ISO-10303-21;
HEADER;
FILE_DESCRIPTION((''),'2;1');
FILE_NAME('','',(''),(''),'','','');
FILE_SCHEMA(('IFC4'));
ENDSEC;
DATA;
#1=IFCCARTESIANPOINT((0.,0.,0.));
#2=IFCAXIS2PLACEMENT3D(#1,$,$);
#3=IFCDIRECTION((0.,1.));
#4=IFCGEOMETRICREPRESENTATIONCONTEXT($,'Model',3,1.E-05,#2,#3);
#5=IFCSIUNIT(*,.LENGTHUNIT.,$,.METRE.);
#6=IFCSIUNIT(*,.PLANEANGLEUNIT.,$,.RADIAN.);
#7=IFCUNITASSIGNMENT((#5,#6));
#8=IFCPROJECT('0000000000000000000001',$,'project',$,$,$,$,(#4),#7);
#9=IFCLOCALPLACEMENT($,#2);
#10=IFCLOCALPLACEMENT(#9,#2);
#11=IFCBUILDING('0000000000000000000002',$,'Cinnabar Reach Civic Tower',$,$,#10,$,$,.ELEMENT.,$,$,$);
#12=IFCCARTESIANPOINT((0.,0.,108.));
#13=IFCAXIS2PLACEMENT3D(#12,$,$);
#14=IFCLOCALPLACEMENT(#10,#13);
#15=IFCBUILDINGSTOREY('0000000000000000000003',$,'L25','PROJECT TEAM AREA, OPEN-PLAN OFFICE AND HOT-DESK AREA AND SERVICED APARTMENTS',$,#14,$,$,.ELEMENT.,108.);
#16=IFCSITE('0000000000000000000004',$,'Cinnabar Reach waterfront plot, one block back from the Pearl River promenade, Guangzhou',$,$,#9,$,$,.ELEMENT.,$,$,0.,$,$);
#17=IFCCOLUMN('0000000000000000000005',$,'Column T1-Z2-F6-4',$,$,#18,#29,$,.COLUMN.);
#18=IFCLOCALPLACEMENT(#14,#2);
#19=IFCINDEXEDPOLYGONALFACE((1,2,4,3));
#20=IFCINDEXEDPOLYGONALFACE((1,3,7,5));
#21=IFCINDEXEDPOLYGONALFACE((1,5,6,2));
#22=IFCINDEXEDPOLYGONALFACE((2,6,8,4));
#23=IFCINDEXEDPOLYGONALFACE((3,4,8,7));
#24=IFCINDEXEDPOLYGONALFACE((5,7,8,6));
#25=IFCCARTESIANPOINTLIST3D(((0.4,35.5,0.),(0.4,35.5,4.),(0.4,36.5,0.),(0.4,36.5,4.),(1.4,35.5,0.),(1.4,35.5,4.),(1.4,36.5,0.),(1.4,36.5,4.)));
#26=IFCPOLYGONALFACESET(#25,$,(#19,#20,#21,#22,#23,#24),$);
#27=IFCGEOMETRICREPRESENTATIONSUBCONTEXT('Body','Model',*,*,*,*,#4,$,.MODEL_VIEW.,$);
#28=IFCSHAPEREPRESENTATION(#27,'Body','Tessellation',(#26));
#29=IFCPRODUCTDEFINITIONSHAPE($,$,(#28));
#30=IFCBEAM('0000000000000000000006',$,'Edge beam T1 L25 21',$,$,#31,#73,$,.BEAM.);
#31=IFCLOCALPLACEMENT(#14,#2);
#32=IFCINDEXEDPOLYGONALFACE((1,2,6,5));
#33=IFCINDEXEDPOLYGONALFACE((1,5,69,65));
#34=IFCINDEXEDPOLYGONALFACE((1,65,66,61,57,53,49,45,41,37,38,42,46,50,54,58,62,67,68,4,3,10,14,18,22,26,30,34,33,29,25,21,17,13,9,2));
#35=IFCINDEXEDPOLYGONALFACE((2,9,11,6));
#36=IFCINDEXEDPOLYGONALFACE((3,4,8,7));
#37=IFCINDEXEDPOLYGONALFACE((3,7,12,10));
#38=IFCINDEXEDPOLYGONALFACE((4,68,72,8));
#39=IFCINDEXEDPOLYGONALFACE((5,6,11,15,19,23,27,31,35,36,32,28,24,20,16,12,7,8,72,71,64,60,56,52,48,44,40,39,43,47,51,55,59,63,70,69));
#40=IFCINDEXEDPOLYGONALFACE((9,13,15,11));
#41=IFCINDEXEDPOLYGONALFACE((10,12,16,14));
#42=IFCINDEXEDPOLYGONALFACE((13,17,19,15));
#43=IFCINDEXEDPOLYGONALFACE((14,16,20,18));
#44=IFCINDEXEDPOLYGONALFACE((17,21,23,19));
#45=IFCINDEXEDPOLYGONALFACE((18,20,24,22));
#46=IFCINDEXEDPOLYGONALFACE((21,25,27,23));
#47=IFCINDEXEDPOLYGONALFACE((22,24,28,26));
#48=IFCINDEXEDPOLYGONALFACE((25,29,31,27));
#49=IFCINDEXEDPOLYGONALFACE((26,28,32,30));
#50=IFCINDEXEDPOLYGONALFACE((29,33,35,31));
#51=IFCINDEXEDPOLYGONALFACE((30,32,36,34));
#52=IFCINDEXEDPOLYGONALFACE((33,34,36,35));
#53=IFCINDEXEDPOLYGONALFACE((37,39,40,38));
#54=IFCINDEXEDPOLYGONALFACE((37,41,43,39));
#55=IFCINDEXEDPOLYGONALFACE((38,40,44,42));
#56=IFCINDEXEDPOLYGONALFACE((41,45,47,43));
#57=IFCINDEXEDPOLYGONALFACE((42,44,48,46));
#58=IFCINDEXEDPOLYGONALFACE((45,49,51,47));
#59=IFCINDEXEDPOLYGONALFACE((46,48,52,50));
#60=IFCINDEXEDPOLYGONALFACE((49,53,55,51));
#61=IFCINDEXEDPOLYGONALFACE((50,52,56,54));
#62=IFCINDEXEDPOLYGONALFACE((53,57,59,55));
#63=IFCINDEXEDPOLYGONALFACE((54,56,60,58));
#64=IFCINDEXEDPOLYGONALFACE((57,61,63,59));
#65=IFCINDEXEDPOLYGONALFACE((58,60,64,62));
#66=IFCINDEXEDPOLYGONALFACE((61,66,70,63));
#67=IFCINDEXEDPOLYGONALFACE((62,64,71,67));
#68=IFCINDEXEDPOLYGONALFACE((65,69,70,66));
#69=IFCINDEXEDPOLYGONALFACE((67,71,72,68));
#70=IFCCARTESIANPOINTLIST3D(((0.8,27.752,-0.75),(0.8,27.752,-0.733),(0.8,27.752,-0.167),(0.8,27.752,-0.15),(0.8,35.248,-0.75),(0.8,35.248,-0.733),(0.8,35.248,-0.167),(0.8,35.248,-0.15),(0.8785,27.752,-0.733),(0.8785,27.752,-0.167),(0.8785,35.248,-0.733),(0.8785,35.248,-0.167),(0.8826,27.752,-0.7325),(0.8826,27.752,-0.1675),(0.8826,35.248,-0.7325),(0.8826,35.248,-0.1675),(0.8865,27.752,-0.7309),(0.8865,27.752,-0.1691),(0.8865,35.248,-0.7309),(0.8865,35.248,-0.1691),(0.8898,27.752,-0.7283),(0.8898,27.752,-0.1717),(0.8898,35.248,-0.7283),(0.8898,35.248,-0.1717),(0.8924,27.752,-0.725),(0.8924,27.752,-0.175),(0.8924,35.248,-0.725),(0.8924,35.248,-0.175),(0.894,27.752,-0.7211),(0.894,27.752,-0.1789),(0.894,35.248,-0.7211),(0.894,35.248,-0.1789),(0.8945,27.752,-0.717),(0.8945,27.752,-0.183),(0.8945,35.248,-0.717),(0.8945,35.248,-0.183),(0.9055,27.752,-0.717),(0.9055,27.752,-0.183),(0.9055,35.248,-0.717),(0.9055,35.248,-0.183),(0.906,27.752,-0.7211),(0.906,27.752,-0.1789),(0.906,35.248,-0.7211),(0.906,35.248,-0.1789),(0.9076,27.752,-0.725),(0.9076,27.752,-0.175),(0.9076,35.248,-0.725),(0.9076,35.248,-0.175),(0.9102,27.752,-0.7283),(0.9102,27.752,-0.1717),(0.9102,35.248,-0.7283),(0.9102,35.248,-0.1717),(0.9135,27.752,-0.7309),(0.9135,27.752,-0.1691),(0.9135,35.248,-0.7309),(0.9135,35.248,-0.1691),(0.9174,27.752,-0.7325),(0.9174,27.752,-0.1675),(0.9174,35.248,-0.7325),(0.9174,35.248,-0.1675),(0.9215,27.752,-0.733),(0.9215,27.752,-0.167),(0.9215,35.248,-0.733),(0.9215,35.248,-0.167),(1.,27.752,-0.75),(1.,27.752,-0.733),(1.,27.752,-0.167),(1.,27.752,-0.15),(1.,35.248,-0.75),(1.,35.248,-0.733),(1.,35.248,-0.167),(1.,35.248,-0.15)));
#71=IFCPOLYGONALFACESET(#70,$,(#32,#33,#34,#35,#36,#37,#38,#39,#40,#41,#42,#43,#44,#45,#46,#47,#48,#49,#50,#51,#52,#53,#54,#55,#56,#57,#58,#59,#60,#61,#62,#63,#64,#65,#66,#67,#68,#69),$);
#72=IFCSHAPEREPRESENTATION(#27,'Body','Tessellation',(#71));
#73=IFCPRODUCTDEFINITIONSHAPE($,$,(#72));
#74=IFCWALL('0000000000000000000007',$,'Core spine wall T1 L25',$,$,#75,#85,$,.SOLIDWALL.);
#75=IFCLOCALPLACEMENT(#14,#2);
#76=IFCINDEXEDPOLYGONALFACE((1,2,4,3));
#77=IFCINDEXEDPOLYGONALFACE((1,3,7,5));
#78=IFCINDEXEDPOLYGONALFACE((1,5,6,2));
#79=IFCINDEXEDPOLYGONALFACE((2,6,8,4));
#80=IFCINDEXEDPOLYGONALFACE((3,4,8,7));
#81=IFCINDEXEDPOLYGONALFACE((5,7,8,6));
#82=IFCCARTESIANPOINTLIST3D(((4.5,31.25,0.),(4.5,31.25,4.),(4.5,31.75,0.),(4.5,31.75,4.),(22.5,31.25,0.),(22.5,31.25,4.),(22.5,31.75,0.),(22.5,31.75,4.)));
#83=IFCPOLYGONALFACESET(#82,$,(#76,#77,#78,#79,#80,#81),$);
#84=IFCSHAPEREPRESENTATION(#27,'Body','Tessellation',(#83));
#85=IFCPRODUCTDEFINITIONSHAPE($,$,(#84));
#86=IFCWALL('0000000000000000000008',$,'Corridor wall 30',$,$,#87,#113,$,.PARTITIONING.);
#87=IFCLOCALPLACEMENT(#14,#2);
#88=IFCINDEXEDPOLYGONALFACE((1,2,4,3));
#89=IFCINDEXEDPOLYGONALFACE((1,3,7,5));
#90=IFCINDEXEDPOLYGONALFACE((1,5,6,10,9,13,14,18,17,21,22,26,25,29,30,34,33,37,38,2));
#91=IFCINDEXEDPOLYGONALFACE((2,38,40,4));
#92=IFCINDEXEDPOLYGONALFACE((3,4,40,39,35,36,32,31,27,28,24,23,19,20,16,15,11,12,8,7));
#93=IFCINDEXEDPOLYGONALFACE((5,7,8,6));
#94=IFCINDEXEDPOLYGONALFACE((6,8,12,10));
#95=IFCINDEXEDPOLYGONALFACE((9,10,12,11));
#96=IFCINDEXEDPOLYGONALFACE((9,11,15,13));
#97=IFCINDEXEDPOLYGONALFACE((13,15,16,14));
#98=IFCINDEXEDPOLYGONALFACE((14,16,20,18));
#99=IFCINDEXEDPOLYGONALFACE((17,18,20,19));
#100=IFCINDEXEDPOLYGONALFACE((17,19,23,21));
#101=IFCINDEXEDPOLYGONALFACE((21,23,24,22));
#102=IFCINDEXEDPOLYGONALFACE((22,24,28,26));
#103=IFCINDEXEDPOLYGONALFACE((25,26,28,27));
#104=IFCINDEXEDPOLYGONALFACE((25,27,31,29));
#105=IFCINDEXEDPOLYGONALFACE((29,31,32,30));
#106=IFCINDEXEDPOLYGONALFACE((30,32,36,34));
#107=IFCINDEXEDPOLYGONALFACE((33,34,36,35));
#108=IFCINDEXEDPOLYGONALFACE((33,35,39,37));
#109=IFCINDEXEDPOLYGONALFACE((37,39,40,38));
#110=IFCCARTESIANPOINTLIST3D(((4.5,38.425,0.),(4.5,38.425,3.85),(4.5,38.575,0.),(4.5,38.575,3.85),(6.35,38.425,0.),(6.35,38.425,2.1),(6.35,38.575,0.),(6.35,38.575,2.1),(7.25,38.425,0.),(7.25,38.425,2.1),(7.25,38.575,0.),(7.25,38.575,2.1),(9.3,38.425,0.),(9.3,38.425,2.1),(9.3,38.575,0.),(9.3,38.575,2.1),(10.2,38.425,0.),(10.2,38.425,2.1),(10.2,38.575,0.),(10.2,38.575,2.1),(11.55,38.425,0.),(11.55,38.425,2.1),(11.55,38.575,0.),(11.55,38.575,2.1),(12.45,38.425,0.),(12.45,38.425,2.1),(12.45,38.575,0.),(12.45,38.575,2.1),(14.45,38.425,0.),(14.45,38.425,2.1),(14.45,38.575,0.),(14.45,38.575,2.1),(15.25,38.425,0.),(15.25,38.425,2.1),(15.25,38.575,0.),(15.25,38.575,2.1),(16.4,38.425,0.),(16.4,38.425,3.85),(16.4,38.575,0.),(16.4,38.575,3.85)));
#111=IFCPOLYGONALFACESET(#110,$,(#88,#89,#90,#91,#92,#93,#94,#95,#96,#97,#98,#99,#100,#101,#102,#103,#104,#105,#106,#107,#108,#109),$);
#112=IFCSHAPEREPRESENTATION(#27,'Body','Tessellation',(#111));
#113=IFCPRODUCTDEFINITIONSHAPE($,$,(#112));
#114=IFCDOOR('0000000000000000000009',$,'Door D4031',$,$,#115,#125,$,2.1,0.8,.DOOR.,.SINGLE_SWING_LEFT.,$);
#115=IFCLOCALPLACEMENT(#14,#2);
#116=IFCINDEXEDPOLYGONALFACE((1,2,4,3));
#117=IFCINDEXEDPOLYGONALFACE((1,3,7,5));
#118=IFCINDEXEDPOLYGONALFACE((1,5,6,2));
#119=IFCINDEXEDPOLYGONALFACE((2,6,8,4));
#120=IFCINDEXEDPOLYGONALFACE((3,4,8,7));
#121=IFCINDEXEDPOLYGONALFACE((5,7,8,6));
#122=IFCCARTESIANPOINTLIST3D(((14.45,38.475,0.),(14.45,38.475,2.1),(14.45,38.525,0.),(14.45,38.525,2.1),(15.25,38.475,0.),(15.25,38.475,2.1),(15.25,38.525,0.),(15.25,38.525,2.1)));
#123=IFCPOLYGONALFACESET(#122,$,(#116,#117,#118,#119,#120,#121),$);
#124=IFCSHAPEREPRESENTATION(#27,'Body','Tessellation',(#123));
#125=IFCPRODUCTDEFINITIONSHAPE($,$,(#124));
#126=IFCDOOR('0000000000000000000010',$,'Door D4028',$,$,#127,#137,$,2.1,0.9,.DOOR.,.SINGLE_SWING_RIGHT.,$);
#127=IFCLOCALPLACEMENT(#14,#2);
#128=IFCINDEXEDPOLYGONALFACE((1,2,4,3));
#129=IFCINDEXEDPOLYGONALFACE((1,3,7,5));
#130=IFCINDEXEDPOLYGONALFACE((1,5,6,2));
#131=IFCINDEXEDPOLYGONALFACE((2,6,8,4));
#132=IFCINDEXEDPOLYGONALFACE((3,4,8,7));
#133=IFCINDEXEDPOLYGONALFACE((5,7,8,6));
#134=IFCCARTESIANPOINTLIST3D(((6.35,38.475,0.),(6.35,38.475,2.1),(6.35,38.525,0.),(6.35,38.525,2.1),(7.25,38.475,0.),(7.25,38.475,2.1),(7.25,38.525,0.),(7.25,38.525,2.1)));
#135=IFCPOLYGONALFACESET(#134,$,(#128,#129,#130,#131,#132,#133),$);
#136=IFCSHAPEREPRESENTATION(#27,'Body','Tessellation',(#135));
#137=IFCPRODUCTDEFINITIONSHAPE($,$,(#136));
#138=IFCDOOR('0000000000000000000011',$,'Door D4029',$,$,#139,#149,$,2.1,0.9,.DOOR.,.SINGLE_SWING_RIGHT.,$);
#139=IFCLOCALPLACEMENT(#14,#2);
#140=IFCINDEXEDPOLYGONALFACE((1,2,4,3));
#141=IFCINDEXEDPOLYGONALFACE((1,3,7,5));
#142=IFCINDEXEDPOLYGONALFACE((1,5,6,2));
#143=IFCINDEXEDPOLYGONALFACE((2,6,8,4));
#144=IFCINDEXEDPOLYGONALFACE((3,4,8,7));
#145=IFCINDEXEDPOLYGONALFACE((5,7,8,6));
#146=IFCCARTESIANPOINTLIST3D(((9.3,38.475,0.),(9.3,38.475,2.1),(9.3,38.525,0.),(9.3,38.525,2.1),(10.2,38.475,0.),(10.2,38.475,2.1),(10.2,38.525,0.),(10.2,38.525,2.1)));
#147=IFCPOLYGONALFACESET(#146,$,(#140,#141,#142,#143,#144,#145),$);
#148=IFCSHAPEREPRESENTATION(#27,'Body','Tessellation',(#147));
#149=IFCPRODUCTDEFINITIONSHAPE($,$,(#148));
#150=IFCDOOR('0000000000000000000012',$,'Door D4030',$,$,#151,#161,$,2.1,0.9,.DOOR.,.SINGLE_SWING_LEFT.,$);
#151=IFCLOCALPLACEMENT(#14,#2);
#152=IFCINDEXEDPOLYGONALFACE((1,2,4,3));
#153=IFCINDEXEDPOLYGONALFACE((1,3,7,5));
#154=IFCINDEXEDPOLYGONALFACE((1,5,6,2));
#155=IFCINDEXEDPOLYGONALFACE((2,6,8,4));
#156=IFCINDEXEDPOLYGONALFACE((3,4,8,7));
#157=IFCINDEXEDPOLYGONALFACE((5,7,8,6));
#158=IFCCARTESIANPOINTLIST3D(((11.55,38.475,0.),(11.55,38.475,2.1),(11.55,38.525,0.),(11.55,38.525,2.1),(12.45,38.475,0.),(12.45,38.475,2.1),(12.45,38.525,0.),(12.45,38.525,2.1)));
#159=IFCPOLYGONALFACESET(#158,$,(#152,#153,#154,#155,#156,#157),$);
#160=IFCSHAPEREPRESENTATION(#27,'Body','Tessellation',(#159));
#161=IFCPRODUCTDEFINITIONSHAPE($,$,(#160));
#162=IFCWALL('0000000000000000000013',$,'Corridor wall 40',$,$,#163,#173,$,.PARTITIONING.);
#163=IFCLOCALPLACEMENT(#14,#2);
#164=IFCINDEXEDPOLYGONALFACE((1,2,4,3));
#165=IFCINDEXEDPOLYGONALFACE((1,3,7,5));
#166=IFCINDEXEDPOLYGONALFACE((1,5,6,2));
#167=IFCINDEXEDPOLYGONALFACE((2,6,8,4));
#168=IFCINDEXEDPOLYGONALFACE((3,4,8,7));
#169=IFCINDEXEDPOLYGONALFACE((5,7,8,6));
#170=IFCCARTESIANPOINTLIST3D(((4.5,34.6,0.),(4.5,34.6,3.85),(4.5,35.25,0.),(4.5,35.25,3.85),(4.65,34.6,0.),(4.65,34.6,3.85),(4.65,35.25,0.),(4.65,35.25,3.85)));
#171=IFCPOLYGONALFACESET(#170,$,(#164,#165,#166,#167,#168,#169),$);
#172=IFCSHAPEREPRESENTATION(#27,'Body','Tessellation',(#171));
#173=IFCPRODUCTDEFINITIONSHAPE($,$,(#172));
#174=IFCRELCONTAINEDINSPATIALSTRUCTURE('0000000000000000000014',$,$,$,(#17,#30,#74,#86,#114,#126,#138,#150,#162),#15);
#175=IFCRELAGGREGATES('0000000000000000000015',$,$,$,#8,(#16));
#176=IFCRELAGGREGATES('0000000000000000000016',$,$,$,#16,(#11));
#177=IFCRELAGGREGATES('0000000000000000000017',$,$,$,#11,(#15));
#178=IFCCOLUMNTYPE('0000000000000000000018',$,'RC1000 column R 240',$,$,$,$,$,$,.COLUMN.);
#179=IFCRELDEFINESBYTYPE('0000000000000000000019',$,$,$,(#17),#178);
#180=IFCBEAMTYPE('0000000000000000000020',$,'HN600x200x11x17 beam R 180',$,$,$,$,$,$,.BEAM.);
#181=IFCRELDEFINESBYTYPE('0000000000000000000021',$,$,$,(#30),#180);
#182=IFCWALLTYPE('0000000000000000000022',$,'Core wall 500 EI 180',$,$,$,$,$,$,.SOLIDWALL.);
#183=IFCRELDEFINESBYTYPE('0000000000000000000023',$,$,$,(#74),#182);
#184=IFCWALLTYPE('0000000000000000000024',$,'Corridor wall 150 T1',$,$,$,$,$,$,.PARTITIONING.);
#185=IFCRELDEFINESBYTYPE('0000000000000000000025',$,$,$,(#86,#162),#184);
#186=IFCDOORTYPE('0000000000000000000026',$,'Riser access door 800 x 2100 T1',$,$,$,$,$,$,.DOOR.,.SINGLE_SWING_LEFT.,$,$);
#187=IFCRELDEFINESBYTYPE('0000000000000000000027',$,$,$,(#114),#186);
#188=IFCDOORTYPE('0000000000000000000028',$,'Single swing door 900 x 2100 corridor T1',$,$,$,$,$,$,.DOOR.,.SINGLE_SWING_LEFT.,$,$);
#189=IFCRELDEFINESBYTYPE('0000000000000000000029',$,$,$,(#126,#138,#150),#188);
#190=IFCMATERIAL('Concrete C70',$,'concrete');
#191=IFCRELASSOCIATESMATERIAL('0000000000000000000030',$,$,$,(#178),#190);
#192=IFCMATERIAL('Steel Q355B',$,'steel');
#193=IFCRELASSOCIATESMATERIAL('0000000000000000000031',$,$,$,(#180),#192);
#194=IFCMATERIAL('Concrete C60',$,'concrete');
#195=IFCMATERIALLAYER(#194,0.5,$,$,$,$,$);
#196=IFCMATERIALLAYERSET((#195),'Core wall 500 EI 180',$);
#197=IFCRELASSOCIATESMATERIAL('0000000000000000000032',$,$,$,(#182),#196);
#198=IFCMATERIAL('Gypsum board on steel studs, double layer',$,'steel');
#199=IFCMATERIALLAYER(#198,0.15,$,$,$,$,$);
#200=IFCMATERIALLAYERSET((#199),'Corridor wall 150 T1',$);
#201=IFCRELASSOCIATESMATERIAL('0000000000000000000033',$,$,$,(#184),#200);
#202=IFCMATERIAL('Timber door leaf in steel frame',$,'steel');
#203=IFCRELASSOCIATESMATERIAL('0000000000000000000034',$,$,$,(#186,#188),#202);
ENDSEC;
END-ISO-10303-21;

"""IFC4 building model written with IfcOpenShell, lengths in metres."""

from ifc_helpers import new_model, si_unit, direction, frame, frame_2d, origin, origin_2d, place, context, subcontext, project, spatial, rectangle, i_section, extrude, material, layer, layer_set, material_profile, profile_set, type_object, element, fill, save


model = new_model("IFC4")

# Units and contexts
model_context = context("Model", 3, precision=1e-05, world=origin(), true_north=direction((0.0, 1.0)))
body_context = subcontext(model_context, "Body", "Model", "MODEL_VIEW")
ifc_project = project(units=[si_unit("LENGTHUNIT", "METRE"), si_unit("PLANEANGLEUNIT", "RADIAN")], contexts=[model_context])

# Site, building, storey
site_placement = place(None, origin())
site = spatial("IfcSite", under=ifc_project, at=site_placement, Name="Cinnabar Reach waterfront plot, one block back from the Pearl River promenade, Guangzhou", CompositionType="ELEMENT", RefElevation=0.0)
building_placement = place(site_placement, origin())
building = spatial("IfcBuilding", under=site, at=building_placement, Name="Cinnabar Reach Civic Tower", CompositionType="ELEMENT")
storey_placement = place(building_placement, frame((0.0, 0.0, 108.0)))
storey = spatial("IfcBuildingStorey", under=building, at=storey_placement, Name="L25", Description="PROJECT TEAM AREA, OPEN-PLAN OFFICE AND HOT-DESK AREA AND SERVICED APARTMENTS", CompositionType="ELEMENT", Elevation=108.0)

# Column
ifc_material_1 = material(Name="Concrete C70", Category="concrete")
ifc_material_profile_1 = material_profile(ifc_material_1, rectangle(XDim=1.0, YDim=1.0, at=origin_2d()), Name="RC1000")
ifc_profile_set_1 = profile_set([ifc_material_profile_1], Name="Concrete C70")
column_type = type_object("IfcColumnType", Name="RC1000 column R 240", PredefinedType="COLUMN", material=ifc_profile_set_1)
column_placement = place(storey_placement, frame((0.9, 36.0, 0.0), z_axis=(0.0, 0.0, 1.0), x_axis=(1.0, 0.0, 0.0)))
element("IfcColumn", 1, at=column_placement, inside=storey, type_object=column_type, Name="Column T1-Z2-F6-4", PredefinedType="COLUMN", context=body_context, shape_type="SweptSolid", body=[
    extrude(rectangle(XDim=1.0, YDim=1.0, at=origin_2d()), origin(), (0.0, 0.0, 1.0), 4.0),
])

# Beam
ifc_material_2 = material(Name="Steel Q355B", Category="steel")
ifc_material_profile_2 = material_profile(ifc_material_2, i_section(OverallWidth=0.2, OverallDepth=0.6, WebThickness=0.011, FlangeThickness=0.017, FilletRadius=0.016, at=origin_2d()), Name="HN600x200x11x17")
ifc_profile_set_2 = profile_set([ifc_material_profile_2], Name="Steel Q355B")
beam_type = type_object("IfcBeamType", Name="HN600x200x11x17 beam R 180", PredefinedType="BEAM", material=ifc_profile_set_2)
beam_placement = place(storey_placement, frame((0.9, 35.248, -0.45), z_axis=(0.0, -1.0, 0.0), x_axis=(1.0, 0.0, 0.0)))
element("IfcBeam", 2, at=beam_placement, inside=storey, type_object=beam_type, Name="Edge beam T1 L25 21", PredefinedType="BEAM", context=body_context, shape_type="SweptSolid", body=[
    extrude(i_section(OverallWidth=0.2, OverallDepth=0.6, WebThickness=0.011, FlangeThickness=0.017, FilletRadius=0.016, at=origin_2d()), origin(), (0.0, 0.0, 1.0), 7.496),
])

# Wall
ifc_material_3 = material(Name="Concrete C60", Category="concrete")
ifc_layer_1 = layer(ifc_material_3, 0.5)
ifc_layer_set_1 = layer_set([ifc_layer_1], Name="Core wall 500 EI 180")
wall_type_1 = type_object("IfcWallType", Name="Core wall 500 EI 180", PredefinedType="SOLIDWALL", material=ifc_layer_set_1)
wall_1_placement = place(storey_placement, frame((4.5, 31.5, 0.0), z_axis=(0.0, 0.0, 1.0), x_axis=(1.0, 0.0, 0.0)))
element("IfcWall", 3, at=wall_1_placement, inside=storey, type_object=wall_type_1, Name="Core spine wall T1 L25", PredefinedType="SOLIDWALL", context=body_context, shape_type="SweptSolid", body=[
    extrude(rectangle(XDim=18.0, YDim=0.5, at=frame_2d((9.0, 0.0))), origin(), (0.0, 0.0, 1.0), 4.0),
])

# Wall, openings, doors
ifc_material_4 = material(Name="Gypsum board on steel studs, double layer", Category="steel")
ifc_layer_2 = layer(ifc_material_4, 0.15)
ifc_layer_set_2 = layer_set([ifc_layer_2], Name="Corridor wall 150 T1")
wall_type_2 = type_object("IfcWallType", Name="Corridor wall 150 T1", PredefinedType="PARTITIONING", material=ifc_layer_set_2)
wall_2_placement = place(storey_placement, frame((4.5, 38.5, 0.0), z_axis=(0.0, 0.0, 1.0), x_axis=(1.0, 0.0, 0.0)))
wall_2 = element("IfcWall", 4, at=wall_2_placement, inside=storey, type_object=wall_type_2, Name="Corridor wall 30", PredefinedType="PARTITIONING", context=body_context, shape_type="SweptSolid", body=[
    extrude(rectangle(XDim=11.9, YDim=0.15, at=frame_2d((5.95, 0.0))), origin(), (0.0, 0.0, 1.0), 3.85),
])
opening_1_placement = place(wall_2_placement, frame((1.85, 0.0, 0.0)))
opening_1 = element("IfcOpeningElement", 5, at=opening_1_placement, cuts=wall_2, PredefinedType="OPENING", context=body_context, shape_type="SweptSolid", body=[
    extrude(rectangle(XDim=0.9, YDim=2.1, at=frame_2d((0.45, 1.05))), frame((0.0, 0.085, 0.0), z_axis=(0.0, -1.0, 0.0), x_axis=(1.0, 0.0, 0.0)), (0.0, 0.0, 1.0), 0.17),
])
opening_2_placement = place(wall_2_placement, frame((4.8, 0.0, 0.0)))
opening_2 = element("IfcOpeningElement", 6, at=opening_2_placement, cuts=wall_2, PredefinedType="OPENING", context=body_context, shape_type="SweptSolid", body=[
    extrude(rectangle(XDim=0.9, YDim=2.1, at=frame_2d((0.45, 1.05))), frame((0.0, 0.085, 0.0), z_axis=(0.0, -1.0, 0.0), x_axis=(1.0, 0.0, 0.0)), (0.0, 0.0, 1.0), 0.17),
])
opening_3_placement = place(wall_2_placement, frame((7.05, 0.0, 0.0)))
opening_3 = element("IfcOpeningElement", 7, at=opening_3_placement, cuts=wall_2, PredefinedType="OPENING", context=body_context, shape_type="SweptSolid", body=[
    extrude(rectangle(XDim=0.9, YDim=2.1, at=frame_2d((0.45, 1.05))), frame((0.0, 0.085, 0.0), z_axis=(0.0, -1.0, 0.0), x_axis=(1.0, 0.0, 0.0)), (0.0, 0.0, 1.0), 0.17),
])
opening_4_placement = place(wall_2_placement, frame((9.95, 0.0, 0.0)))
opening_4 = element("IfcOpeningElement", 8, at=opening_4_placement, cuts=wall_2, PredefinedType="OPENING", context=body_context, shape_type="SweptSolid", body=[
    extrude(rectangle(XDim=0.8, YDim=2.1, at=frame_2d((0.4, 1.05))), frame((0.0, 0.085, 0.0), z_axis=(0.0, -1.0, 0.0), x_axis=(1.0, 0.0, 0.0)), (0.0, 0.0, 1.0), 0.17),
])
ifc_material_5 = material(Name="Timber door leaf in steel frame", Category="steel")
door_type_1 = type_object("IfcDoorType", Name="Riser access door 800 x 2100 T1", OperationType="SINGLE_SWING_LEFT", PredefinedType="DOOR", material=ifc_material_5)
door_1_placement = place(opening_4_placement, origin())
door_1 = element("IfcDoor", 9, at=door_1_placement, inside=storey, type_object=door_type_1, Name="Door D4031", OperationType="SINGLE_SWING_LEFT", OverallHeight=2.1, OverallWidth=0.8, PredefinedType="DOOR", context=body_context, shape_type="SweptSolid", body=[
    extrude(rectangle(XDim=0.8, YDim=2.1, at=frame_2d((0.4, 1.05))), frame((0.0, 0.025, 0.0), z_axis=(0.0, -1.0, 0.0), x_axis=(1.0, 0.0, 0.0)), (0.0, 0.0, 1.0), 0.05),
])
fill(opening_4, door_1)
door_type_2 = type_object("IfcDoorType", Name="Single swing door 900 x 2100 corridor T1", OperationType="SINGLE_SWING_LEFT", PredefinedType="DOOR", material=ifc_material_5)
door_2_placement = place(opening_1_placement, origin())
door_2 = element("IfcDoor", 10, at=door_2_placement, inside=storey, type_object=door_type_2, Name="Door D4028", OperationType="SINGLE_SWING_RIGHT", OverallHeight=2.1, OverallWidth=0.9, PredefinedType="DOOR", context=body_context, shape_type="SweptSolid", body=[
    extrude(rectangle(XDim=0.9, YDim=2.1, at=frame_2d((0.45, 1.05))), frame((0.0, 0.025, 0.0), z_axis=(0.0, -1.0, 0.0), x_axis=(1.0, 0.0, 0.0)), (0.0, 0.0, 1.0), 0.05),
])
fill(opening_1, door_2)
door_3_placement = place(opening_2_placement, origin())
door_3 = element("IfcDoor", 11, at=door_3_placement, inside=storey, type_object=door_type_2, Name="Door D4029", OperationType="SINGLE_SWING_RIGHT", OverallHeight=2.1, OverallWidth=0.9, PredefinedType="DOOR", context=body_context, shape_type="SweptSolid", body=[
    extrude(rectangle(XDim=0.9, YDim=2.1, at=frame_2d((0.45, 1.05))), frame((0.0, 0.025, 0.0), z_axis=(0.0, -1.0, 0.0), x_axis=(1.0, 0.0, 0.0)), (0.0, 0.0, 1.0), 0.05),
])
fill(opening_2, door_3)
door_4_placement = place(opening_3_placement, origin())
door_4 = element("IfcDoor", 12, at=door_4_placement, inside=storey, type_object=door_type_2, Name="Door D4030", OperationType="SINGLE_SWING_LEFT", OverallHeight=2.1, OverallWidth=0.9, PredefinedType="DOOR", context=body_context, shape_type="SweptSolid", body=[
    extrude(rectangle(XDim=0.9, YDim=2.1, at=frame_2d((0.45, 1.05))), frame((0.0, 0.025, 0.0), z_axis=(0.0, -1.0, 0.0), x_axis=(1.0, 0.0, 0.0)), (0.0, 0.0, 1.0), 0.05),
])
fill(opening_3, door_4)

# Wall
wall_3_placement = place(storey_placement, frame((4.575, 34.6, 0.0), z_axis=(0.0, 0.0, 1.0), x_axis=(0.0, 1.0, 0.0)))
element("IfcWall", 13, at=wall_3_placement, inside=storey, type_object=wall_type_2, Name="Corridor wall 40", PredefinedType="PARTITIONING", context=body_context, shape_type="SweptSolid", body=[
    extrude(rectangle(XDim=0.65, YDim=0.15, at=frame_2d((0.325, 0.0))), origin(), (0.0, 0.0, 1.0), 3.85),
])

save(model, "model.ifc")
